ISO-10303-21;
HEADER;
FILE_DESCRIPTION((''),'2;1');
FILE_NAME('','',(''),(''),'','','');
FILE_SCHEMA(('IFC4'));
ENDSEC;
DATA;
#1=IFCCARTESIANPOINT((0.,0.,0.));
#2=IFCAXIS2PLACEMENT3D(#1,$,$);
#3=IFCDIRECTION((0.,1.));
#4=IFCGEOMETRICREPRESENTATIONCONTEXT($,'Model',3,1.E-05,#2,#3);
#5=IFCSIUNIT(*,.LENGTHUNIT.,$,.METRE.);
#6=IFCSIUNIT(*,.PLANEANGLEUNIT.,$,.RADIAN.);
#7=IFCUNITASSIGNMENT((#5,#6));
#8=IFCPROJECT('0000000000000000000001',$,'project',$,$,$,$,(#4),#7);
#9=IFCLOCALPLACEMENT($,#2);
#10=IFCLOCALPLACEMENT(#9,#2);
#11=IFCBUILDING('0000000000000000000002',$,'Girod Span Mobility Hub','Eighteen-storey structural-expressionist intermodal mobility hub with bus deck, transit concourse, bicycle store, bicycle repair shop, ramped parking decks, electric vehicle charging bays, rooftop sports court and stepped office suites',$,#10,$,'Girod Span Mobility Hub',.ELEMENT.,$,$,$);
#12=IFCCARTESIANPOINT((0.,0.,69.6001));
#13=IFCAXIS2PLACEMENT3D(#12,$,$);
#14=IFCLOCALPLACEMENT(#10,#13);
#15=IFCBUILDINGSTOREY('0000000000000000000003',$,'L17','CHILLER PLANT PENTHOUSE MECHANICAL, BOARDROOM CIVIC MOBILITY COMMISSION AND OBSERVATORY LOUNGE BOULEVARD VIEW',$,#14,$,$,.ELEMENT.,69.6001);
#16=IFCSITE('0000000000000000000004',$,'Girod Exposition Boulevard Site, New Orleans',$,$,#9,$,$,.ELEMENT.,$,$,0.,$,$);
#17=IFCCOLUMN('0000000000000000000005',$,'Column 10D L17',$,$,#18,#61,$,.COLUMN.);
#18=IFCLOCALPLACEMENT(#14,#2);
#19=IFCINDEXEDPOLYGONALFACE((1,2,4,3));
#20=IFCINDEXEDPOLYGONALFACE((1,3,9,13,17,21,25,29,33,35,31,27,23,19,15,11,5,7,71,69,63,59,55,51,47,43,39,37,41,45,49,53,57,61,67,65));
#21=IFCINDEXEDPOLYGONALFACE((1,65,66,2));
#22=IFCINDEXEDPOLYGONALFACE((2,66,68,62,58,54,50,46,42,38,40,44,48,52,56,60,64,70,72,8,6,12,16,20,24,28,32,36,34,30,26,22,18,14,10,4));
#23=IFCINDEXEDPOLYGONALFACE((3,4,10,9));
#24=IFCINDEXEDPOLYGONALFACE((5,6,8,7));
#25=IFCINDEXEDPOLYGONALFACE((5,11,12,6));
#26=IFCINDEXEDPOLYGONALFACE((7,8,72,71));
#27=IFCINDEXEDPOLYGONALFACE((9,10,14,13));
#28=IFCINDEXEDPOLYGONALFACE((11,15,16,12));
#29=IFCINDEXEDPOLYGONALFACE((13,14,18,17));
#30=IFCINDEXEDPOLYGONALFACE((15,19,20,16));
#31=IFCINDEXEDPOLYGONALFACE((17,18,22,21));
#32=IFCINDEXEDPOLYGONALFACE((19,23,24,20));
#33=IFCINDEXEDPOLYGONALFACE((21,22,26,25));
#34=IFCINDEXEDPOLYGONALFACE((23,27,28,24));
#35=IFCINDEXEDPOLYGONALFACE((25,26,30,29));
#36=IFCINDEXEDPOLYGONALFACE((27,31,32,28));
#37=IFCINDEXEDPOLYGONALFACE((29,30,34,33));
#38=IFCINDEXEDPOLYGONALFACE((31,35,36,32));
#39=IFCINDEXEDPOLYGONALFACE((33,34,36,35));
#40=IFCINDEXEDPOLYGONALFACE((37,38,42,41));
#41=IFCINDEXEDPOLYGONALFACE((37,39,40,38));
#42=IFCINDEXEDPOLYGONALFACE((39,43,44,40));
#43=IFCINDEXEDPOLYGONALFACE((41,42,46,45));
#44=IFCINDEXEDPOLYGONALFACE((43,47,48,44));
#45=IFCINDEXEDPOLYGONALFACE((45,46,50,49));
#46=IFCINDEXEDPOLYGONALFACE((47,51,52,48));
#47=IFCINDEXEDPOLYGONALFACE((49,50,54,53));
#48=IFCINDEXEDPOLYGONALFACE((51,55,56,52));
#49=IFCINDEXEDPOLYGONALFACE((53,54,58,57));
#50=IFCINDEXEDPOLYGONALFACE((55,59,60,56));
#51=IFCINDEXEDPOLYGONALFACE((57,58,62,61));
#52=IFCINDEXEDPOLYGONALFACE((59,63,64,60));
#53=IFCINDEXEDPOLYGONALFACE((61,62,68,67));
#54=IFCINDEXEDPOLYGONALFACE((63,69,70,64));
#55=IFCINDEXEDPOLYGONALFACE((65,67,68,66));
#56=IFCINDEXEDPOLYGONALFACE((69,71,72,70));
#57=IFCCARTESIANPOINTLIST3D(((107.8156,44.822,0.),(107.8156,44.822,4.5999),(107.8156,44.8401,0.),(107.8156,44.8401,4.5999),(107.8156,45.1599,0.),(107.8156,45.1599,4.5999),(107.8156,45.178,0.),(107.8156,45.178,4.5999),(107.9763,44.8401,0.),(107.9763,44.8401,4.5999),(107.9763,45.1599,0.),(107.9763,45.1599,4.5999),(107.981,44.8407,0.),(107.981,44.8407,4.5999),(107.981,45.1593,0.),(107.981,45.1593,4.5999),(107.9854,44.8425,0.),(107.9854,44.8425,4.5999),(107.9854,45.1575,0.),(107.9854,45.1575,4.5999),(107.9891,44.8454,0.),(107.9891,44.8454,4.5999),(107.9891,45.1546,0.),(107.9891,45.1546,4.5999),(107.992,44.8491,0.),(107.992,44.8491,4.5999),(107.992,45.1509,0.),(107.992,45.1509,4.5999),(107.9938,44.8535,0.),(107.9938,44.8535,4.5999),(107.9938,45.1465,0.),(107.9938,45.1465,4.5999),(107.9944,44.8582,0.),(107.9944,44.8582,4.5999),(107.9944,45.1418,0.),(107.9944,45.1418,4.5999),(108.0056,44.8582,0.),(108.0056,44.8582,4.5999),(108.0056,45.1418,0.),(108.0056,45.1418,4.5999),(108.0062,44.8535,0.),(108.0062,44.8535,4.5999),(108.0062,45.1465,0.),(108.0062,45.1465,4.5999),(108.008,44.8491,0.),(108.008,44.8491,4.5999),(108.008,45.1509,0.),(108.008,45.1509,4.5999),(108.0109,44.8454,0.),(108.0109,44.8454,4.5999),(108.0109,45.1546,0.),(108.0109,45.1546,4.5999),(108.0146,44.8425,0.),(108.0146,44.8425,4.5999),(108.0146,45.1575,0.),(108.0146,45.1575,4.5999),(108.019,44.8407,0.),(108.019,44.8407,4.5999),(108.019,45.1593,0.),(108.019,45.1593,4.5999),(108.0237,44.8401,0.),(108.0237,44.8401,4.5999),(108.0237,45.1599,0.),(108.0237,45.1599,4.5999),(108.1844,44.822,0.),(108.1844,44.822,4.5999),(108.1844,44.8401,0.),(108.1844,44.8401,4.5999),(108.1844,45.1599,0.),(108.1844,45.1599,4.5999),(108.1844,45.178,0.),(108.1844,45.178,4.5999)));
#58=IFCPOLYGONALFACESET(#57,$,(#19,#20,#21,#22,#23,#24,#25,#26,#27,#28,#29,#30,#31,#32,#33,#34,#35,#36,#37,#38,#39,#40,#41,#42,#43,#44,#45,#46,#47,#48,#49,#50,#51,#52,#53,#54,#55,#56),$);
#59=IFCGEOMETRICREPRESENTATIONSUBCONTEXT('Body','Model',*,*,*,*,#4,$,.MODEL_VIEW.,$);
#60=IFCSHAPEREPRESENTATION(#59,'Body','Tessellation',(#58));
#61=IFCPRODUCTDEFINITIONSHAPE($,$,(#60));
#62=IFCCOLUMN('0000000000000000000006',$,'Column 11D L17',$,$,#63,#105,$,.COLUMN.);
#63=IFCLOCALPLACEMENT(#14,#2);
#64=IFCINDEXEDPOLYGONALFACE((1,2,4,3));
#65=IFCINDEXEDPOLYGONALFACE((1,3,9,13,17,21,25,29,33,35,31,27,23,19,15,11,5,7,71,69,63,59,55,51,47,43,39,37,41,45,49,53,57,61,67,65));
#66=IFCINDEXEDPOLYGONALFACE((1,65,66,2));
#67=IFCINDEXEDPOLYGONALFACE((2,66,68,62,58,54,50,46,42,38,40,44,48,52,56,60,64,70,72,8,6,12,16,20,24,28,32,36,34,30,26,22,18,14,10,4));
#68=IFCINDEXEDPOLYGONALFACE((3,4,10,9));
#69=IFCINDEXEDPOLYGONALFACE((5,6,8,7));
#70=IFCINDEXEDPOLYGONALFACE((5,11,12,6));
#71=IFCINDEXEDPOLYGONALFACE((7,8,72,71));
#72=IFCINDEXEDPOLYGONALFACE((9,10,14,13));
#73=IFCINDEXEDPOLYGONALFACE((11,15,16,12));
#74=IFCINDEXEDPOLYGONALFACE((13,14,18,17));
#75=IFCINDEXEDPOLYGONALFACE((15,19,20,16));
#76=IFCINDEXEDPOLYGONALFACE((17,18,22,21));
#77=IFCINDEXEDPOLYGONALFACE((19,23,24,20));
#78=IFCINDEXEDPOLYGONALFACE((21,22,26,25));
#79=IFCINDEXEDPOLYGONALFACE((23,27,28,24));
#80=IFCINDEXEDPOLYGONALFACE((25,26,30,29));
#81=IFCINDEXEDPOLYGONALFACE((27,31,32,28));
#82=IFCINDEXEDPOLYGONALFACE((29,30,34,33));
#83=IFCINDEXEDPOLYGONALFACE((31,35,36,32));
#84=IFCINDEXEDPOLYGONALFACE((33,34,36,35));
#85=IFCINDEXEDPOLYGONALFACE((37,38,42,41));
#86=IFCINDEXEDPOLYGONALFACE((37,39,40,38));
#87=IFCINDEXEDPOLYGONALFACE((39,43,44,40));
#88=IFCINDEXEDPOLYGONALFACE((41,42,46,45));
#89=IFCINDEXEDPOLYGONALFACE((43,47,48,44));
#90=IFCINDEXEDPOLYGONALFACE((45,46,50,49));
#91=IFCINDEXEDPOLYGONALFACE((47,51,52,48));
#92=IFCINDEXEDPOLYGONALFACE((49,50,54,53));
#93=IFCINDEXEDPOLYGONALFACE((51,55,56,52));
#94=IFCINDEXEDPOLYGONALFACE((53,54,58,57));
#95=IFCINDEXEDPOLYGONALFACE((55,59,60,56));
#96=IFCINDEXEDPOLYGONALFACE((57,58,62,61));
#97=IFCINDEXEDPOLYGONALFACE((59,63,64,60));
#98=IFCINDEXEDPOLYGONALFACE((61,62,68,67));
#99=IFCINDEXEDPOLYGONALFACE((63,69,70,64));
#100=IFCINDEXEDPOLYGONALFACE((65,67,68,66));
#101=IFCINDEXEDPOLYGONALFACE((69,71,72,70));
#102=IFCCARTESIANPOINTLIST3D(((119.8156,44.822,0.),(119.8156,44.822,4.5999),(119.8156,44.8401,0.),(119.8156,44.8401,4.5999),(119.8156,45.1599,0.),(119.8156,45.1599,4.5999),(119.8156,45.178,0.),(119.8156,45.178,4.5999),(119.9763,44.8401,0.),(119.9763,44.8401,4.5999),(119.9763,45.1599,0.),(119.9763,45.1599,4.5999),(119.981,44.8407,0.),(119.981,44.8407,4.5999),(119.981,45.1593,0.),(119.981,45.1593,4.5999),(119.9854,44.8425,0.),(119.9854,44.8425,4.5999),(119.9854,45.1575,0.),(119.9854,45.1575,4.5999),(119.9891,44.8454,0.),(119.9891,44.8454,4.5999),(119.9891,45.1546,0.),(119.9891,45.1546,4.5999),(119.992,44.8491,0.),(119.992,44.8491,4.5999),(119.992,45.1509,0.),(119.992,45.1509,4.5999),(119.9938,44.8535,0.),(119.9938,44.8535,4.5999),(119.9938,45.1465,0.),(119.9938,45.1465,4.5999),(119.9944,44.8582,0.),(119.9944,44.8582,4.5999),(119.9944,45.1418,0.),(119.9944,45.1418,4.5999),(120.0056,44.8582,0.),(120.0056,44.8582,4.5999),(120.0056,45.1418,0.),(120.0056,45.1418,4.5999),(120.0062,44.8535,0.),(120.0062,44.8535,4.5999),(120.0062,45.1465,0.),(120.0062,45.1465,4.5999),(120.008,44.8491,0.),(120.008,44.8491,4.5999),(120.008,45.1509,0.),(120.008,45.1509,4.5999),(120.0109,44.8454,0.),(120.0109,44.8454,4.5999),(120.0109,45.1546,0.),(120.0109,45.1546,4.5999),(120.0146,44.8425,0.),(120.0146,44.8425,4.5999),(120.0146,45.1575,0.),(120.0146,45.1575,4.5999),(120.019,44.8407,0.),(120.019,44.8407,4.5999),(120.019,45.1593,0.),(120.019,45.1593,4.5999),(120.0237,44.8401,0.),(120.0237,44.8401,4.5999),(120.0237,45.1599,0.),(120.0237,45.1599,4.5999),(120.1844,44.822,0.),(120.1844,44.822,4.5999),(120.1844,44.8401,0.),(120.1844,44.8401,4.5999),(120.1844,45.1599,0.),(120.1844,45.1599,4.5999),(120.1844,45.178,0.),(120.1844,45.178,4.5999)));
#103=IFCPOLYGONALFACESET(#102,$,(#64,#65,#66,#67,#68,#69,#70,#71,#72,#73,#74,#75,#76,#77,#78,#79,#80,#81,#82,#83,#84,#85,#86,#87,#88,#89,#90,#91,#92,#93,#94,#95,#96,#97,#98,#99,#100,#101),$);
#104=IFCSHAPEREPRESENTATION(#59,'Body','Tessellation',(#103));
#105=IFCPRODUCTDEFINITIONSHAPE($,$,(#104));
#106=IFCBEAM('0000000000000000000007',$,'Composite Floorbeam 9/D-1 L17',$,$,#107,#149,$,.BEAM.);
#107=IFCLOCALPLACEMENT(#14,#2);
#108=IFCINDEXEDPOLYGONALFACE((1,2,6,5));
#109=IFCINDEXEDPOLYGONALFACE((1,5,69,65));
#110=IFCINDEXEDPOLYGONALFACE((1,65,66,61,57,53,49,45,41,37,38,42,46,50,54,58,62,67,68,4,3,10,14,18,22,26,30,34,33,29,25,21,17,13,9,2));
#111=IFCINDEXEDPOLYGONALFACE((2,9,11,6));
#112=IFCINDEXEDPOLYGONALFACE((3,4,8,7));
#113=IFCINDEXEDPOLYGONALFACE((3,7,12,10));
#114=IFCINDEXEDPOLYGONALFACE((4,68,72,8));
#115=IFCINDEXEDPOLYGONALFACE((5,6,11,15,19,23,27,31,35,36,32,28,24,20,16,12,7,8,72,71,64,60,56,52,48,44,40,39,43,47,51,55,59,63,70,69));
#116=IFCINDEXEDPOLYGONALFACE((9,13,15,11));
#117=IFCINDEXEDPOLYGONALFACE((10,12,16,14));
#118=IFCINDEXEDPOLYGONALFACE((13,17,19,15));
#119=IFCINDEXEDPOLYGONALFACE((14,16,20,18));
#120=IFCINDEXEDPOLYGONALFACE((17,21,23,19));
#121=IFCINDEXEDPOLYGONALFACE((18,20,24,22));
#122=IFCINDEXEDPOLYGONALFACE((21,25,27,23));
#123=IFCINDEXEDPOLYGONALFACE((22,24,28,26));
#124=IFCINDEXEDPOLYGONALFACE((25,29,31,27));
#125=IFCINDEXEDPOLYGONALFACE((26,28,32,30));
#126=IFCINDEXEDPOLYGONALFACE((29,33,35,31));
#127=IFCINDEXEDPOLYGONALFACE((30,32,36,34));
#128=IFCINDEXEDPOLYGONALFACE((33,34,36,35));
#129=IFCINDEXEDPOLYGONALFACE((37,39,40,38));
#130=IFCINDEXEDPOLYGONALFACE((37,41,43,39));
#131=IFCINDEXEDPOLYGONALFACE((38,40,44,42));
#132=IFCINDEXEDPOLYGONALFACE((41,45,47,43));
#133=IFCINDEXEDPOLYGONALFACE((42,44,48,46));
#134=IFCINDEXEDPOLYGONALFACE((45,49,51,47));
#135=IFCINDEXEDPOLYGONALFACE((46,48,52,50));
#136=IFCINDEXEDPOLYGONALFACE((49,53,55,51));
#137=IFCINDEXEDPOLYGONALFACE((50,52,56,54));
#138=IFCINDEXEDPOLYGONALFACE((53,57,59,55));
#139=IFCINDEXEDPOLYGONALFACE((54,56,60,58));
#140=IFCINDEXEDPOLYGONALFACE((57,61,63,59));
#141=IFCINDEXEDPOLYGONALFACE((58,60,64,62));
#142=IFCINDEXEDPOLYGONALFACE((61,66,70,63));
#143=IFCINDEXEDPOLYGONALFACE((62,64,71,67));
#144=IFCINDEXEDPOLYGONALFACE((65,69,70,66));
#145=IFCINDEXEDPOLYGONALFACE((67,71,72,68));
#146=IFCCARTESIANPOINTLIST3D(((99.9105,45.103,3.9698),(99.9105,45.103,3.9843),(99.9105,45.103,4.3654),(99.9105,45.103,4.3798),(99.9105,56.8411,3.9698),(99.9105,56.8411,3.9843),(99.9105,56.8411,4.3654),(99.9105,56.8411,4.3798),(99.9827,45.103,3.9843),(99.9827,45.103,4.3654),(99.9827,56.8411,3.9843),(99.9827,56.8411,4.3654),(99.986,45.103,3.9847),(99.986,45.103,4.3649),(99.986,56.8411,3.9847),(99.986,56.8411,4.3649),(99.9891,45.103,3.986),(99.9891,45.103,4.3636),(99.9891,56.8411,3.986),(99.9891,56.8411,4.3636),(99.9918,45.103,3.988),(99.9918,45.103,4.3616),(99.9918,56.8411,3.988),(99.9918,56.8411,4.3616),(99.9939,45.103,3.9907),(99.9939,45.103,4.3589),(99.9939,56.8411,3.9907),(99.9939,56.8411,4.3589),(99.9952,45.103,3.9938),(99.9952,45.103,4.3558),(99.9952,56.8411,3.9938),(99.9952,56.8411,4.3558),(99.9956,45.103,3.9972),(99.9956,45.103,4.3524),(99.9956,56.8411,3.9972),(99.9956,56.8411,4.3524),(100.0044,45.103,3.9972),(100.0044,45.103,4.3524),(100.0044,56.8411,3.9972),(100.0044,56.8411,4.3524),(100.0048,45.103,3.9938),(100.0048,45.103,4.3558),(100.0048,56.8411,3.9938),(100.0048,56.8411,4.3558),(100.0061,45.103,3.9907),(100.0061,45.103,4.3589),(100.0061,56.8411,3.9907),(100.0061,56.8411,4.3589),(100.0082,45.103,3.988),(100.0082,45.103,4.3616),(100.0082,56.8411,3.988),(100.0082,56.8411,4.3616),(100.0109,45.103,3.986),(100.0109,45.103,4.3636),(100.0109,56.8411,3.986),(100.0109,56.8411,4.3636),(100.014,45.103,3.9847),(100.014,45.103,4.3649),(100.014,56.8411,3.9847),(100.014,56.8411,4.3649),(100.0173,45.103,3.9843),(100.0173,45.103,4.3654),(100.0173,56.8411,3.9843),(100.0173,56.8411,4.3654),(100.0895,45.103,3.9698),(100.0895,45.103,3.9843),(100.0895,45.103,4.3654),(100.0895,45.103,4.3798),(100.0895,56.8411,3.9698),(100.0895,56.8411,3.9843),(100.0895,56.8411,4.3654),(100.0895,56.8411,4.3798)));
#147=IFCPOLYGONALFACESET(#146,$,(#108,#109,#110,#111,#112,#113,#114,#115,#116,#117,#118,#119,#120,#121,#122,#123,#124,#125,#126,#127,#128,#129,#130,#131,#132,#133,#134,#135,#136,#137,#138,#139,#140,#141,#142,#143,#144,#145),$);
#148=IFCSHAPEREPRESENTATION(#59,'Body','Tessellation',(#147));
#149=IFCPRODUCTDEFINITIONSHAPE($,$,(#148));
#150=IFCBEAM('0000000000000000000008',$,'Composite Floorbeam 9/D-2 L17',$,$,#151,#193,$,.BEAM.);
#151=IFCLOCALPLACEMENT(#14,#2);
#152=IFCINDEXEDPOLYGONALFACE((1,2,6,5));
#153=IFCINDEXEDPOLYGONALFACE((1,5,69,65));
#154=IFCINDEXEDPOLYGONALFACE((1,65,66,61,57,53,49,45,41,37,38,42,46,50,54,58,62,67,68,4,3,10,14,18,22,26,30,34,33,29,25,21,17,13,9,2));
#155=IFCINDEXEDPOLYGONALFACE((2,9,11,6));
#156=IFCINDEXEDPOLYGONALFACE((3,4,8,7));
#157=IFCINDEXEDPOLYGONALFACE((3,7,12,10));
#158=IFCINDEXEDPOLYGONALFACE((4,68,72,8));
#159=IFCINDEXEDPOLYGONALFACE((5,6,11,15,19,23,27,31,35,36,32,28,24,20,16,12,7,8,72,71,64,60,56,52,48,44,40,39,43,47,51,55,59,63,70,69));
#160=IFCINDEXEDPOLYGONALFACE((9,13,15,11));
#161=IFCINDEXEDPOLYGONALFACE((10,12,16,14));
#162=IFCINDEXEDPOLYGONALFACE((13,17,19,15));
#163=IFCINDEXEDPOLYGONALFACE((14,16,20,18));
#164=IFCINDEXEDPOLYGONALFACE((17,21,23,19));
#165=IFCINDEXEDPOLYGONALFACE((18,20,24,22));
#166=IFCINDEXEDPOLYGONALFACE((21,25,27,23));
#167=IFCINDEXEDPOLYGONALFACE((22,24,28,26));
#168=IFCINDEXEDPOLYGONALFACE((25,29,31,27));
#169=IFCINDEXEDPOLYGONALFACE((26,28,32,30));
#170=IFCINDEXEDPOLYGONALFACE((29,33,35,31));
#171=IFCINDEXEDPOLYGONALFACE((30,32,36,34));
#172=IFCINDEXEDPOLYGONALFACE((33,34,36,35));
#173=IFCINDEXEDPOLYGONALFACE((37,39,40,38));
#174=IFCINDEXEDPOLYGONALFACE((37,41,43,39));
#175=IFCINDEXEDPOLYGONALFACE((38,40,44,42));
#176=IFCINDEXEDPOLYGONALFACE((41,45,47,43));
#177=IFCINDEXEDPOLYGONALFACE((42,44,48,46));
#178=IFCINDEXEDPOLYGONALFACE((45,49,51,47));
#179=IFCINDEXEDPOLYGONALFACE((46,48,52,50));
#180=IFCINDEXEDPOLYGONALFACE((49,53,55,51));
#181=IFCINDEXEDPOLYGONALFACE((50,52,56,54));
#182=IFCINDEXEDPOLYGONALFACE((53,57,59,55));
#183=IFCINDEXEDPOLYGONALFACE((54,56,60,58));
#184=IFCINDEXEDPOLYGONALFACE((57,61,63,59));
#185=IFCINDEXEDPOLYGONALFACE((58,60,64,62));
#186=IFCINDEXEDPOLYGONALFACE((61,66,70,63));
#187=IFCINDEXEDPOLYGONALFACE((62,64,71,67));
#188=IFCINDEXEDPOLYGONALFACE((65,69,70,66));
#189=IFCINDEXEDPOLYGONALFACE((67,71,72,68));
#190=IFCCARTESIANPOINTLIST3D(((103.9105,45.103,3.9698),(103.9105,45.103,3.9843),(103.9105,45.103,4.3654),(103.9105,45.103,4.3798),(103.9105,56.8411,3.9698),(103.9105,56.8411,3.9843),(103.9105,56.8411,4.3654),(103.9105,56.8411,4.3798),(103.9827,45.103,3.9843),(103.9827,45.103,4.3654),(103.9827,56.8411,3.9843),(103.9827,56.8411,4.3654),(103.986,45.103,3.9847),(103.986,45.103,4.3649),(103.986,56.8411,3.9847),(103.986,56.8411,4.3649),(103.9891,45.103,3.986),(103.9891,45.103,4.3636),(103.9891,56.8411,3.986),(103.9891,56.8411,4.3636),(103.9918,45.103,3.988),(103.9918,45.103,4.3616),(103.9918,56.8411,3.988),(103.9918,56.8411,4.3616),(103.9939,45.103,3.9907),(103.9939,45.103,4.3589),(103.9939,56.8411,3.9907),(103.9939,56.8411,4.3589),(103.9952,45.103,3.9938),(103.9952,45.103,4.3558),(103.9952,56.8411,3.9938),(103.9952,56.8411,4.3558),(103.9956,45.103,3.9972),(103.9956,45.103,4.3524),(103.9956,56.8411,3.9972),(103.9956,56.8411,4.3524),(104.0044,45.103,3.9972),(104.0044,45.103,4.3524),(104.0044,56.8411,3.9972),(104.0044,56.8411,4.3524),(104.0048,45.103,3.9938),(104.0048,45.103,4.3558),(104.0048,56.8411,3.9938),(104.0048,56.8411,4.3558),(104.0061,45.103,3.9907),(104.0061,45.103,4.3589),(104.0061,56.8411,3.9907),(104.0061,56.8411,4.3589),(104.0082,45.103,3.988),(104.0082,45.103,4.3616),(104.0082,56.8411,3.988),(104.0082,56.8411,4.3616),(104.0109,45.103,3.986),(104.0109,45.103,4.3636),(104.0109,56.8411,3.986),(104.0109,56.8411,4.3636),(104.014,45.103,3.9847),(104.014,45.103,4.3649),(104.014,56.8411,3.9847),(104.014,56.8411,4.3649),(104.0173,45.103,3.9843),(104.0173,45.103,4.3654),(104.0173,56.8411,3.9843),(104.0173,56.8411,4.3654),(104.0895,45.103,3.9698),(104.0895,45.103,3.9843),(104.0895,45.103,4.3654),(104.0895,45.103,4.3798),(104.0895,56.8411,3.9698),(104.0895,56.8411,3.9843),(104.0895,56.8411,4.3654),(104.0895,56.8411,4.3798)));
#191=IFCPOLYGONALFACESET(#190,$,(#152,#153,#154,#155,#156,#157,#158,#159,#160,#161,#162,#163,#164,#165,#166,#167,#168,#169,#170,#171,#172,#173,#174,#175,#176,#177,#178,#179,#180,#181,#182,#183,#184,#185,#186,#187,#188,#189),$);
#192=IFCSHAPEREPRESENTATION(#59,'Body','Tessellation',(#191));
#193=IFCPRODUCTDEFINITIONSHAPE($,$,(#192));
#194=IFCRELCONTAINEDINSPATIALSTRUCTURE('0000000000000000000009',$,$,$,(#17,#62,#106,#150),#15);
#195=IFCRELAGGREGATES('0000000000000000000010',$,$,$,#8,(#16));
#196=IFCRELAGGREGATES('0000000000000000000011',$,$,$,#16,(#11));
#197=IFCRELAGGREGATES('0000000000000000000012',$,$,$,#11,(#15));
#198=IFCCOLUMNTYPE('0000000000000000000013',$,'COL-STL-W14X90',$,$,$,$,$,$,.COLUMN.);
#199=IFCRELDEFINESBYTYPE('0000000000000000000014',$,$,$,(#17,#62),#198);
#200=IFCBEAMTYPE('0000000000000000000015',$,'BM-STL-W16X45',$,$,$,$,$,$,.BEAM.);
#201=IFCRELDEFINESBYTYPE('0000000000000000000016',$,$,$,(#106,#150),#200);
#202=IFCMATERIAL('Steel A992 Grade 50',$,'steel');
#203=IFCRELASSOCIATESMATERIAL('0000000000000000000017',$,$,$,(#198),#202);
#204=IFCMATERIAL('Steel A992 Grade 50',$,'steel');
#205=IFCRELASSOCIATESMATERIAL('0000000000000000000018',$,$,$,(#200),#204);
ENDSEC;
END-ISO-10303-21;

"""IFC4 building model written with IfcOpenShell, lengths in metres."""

from ifc_helpers import new_model, si_unit, direction, frame, origin, origin_2d, place, context, subcontext, project, spatial, i_section, extrude, material, material_profile, profile_set, type_object, element, save


model = new_model("IFC4")

# Units and contexts
model_context = context("Model", 3, precision=1e-05, world=origin(), true_north=direction((0.0, 1.0)))
body_context = subcontext(model_context, "Body", "Model", "MODEL_VIEW")
ifc_project = project(units=[si_unit("LENGTHUNIT", "METRE"), si_unit("PLANEANGLEUNIT", "RADIAN")], contexts=[model_context])

# Site, building, storey
site_placement = place(None, origin())
site = spatial("IfcSite", under=ifc_project, at=site_placement, Name="Girod Exposition Boulevard Site, New Orleans", CompositionType="ELEMENT", RefElevation=0.0)
building_placement = place(site_placement, origin())
building = spatial("IfcBuilding", under=site, at=building_placement, Name="Girod Span Mobility Hub", Description="Eighteen-storey structural-expressionist intermodal mobility hub with bus deck, transit concourse, bicycle store, bicycle repair shop, ramped parking decks, electric vehicle charging bays, rooftop sports court and stepped office suites", LongName="Girod Span Mobility Hub", CompositionType="ELEMENT")
storey_placement = place(building_placement, frame((0.0, 0.0, 69.6001)))
storey = spatial("IfcBuildingStorey", under=building, at=storey_placement, Name="L17", Description="CHILLER PLANT PENTHOUSE MECHANICAL, BOARDROOM CIVIC MOBILITY COMMISSION AND OBSERVATORY LOUNGE BOULEVARD VIEW", CompositionType="ELEMENT", Elevation=69.6001)

# Columns
ifc_material_1 = material(Name="Steel A992 Grade 50", Category="steel")
ifc_material_profile_1 = material_profile(ifc_material_1, i_section(OverallWidth=0.3689, OverallDepth=0.356, WebThickness=0.0112, FlangeThickness=0.0181, FilletRadius=0.0181, at=origin_2d()), Name="W14X90")
ifc_profile_set_1 = profile_set([ifc_material_profile_1], Name="Steel A992 Grade 50")
column_type = type_object("IfcColumnType", Name="COL-STL-W14X90", PredefinedType="COLUMN", material=ifc_profile_set_1)
for number, where, z_axis, x_axis, name in (
    (1, (108.0, 45.0, 0.0), (0.0, 0.0, 1.0), (1.0, 0.0, 0.0), "Column 10D L17"),
    (2, (120.0, 45.0, 0.0), (0.0, 0.0, 1.0), (1.0, 0.0, 0.0), "Column 11D L17"),
):
    element("IfcColumn", number, at=place(storey_placement, frame(where, z_axis=z_axis, x_axis=x_axis)), inside=storey, type_object=column_type, Name=name, PredefinedType="COLUMN", context=body_context, shape_type="SweptSolid", body=[
        extrude(i_section(OverallWidth=0.3689, OverallDepth=0.356, WebThickness=0.0112, FlangeThickness=0.0181, FilletRadius=0.0181, at=origin_2d()), origin(), (0.0, 0.0, 1.0), 4.5999),
    ])

# Beams
ifc_material_2 = material(Name="Steel A992 Grade 50", Category="steel")
ifc_material_profile_2 = material_profile(ifc_material_2, i_section(OverallWidth=0.179, OverallDepth=0.4099, WebThickness=0.0088, FlangeThickness=0.0144, FilletRadius=0.0129, at=origin_2d()), Name="W16X45")
ifc_profile_set_2 = profile_set([ifc_material_profile_2], Name="Steel A992 Grade 50")
beam_type_1 = type_object("IfcBeamType", Name="BM-STL-W16X45", PredefinedType="BEAM", material=ifc_profile_set_2)
for number, where, z_axis, x_axis, name in (
    (3, (100.0, 45.103, 4.1748), (0.0, 1.0, 0.0), (-1.0, 0.0, 0.0), "Composite Floorbeam 9/D-1 L17"),
    (4, (104.0, 45.103, 4.1748), (0.0, 1.0, 0.0), (-1.0, 0.0, 0.0), "Composite Floorbeam 9/D-2 L17"),
):
    element("IfcBeam", number, at=place(storey_placement, frame(where, z_axis=z_axis, x_axis=x_axis)), inside=storey, type_object=beam_type_1, Name=name, PredefinedType="BEAM", context=body_context, shape_type="SweptSolid", body=[
        extrude(i_section(OverallWidth=0.179, OverallDepth=0.4099, WebThickness=0.0088, FlangeThickness=0.0144, FilletRadius=0.0129, at=origin_2d()), origin(), (0.0, 0.0, 1.0), 11.738),
    ])

save(model, "model.ifc")
